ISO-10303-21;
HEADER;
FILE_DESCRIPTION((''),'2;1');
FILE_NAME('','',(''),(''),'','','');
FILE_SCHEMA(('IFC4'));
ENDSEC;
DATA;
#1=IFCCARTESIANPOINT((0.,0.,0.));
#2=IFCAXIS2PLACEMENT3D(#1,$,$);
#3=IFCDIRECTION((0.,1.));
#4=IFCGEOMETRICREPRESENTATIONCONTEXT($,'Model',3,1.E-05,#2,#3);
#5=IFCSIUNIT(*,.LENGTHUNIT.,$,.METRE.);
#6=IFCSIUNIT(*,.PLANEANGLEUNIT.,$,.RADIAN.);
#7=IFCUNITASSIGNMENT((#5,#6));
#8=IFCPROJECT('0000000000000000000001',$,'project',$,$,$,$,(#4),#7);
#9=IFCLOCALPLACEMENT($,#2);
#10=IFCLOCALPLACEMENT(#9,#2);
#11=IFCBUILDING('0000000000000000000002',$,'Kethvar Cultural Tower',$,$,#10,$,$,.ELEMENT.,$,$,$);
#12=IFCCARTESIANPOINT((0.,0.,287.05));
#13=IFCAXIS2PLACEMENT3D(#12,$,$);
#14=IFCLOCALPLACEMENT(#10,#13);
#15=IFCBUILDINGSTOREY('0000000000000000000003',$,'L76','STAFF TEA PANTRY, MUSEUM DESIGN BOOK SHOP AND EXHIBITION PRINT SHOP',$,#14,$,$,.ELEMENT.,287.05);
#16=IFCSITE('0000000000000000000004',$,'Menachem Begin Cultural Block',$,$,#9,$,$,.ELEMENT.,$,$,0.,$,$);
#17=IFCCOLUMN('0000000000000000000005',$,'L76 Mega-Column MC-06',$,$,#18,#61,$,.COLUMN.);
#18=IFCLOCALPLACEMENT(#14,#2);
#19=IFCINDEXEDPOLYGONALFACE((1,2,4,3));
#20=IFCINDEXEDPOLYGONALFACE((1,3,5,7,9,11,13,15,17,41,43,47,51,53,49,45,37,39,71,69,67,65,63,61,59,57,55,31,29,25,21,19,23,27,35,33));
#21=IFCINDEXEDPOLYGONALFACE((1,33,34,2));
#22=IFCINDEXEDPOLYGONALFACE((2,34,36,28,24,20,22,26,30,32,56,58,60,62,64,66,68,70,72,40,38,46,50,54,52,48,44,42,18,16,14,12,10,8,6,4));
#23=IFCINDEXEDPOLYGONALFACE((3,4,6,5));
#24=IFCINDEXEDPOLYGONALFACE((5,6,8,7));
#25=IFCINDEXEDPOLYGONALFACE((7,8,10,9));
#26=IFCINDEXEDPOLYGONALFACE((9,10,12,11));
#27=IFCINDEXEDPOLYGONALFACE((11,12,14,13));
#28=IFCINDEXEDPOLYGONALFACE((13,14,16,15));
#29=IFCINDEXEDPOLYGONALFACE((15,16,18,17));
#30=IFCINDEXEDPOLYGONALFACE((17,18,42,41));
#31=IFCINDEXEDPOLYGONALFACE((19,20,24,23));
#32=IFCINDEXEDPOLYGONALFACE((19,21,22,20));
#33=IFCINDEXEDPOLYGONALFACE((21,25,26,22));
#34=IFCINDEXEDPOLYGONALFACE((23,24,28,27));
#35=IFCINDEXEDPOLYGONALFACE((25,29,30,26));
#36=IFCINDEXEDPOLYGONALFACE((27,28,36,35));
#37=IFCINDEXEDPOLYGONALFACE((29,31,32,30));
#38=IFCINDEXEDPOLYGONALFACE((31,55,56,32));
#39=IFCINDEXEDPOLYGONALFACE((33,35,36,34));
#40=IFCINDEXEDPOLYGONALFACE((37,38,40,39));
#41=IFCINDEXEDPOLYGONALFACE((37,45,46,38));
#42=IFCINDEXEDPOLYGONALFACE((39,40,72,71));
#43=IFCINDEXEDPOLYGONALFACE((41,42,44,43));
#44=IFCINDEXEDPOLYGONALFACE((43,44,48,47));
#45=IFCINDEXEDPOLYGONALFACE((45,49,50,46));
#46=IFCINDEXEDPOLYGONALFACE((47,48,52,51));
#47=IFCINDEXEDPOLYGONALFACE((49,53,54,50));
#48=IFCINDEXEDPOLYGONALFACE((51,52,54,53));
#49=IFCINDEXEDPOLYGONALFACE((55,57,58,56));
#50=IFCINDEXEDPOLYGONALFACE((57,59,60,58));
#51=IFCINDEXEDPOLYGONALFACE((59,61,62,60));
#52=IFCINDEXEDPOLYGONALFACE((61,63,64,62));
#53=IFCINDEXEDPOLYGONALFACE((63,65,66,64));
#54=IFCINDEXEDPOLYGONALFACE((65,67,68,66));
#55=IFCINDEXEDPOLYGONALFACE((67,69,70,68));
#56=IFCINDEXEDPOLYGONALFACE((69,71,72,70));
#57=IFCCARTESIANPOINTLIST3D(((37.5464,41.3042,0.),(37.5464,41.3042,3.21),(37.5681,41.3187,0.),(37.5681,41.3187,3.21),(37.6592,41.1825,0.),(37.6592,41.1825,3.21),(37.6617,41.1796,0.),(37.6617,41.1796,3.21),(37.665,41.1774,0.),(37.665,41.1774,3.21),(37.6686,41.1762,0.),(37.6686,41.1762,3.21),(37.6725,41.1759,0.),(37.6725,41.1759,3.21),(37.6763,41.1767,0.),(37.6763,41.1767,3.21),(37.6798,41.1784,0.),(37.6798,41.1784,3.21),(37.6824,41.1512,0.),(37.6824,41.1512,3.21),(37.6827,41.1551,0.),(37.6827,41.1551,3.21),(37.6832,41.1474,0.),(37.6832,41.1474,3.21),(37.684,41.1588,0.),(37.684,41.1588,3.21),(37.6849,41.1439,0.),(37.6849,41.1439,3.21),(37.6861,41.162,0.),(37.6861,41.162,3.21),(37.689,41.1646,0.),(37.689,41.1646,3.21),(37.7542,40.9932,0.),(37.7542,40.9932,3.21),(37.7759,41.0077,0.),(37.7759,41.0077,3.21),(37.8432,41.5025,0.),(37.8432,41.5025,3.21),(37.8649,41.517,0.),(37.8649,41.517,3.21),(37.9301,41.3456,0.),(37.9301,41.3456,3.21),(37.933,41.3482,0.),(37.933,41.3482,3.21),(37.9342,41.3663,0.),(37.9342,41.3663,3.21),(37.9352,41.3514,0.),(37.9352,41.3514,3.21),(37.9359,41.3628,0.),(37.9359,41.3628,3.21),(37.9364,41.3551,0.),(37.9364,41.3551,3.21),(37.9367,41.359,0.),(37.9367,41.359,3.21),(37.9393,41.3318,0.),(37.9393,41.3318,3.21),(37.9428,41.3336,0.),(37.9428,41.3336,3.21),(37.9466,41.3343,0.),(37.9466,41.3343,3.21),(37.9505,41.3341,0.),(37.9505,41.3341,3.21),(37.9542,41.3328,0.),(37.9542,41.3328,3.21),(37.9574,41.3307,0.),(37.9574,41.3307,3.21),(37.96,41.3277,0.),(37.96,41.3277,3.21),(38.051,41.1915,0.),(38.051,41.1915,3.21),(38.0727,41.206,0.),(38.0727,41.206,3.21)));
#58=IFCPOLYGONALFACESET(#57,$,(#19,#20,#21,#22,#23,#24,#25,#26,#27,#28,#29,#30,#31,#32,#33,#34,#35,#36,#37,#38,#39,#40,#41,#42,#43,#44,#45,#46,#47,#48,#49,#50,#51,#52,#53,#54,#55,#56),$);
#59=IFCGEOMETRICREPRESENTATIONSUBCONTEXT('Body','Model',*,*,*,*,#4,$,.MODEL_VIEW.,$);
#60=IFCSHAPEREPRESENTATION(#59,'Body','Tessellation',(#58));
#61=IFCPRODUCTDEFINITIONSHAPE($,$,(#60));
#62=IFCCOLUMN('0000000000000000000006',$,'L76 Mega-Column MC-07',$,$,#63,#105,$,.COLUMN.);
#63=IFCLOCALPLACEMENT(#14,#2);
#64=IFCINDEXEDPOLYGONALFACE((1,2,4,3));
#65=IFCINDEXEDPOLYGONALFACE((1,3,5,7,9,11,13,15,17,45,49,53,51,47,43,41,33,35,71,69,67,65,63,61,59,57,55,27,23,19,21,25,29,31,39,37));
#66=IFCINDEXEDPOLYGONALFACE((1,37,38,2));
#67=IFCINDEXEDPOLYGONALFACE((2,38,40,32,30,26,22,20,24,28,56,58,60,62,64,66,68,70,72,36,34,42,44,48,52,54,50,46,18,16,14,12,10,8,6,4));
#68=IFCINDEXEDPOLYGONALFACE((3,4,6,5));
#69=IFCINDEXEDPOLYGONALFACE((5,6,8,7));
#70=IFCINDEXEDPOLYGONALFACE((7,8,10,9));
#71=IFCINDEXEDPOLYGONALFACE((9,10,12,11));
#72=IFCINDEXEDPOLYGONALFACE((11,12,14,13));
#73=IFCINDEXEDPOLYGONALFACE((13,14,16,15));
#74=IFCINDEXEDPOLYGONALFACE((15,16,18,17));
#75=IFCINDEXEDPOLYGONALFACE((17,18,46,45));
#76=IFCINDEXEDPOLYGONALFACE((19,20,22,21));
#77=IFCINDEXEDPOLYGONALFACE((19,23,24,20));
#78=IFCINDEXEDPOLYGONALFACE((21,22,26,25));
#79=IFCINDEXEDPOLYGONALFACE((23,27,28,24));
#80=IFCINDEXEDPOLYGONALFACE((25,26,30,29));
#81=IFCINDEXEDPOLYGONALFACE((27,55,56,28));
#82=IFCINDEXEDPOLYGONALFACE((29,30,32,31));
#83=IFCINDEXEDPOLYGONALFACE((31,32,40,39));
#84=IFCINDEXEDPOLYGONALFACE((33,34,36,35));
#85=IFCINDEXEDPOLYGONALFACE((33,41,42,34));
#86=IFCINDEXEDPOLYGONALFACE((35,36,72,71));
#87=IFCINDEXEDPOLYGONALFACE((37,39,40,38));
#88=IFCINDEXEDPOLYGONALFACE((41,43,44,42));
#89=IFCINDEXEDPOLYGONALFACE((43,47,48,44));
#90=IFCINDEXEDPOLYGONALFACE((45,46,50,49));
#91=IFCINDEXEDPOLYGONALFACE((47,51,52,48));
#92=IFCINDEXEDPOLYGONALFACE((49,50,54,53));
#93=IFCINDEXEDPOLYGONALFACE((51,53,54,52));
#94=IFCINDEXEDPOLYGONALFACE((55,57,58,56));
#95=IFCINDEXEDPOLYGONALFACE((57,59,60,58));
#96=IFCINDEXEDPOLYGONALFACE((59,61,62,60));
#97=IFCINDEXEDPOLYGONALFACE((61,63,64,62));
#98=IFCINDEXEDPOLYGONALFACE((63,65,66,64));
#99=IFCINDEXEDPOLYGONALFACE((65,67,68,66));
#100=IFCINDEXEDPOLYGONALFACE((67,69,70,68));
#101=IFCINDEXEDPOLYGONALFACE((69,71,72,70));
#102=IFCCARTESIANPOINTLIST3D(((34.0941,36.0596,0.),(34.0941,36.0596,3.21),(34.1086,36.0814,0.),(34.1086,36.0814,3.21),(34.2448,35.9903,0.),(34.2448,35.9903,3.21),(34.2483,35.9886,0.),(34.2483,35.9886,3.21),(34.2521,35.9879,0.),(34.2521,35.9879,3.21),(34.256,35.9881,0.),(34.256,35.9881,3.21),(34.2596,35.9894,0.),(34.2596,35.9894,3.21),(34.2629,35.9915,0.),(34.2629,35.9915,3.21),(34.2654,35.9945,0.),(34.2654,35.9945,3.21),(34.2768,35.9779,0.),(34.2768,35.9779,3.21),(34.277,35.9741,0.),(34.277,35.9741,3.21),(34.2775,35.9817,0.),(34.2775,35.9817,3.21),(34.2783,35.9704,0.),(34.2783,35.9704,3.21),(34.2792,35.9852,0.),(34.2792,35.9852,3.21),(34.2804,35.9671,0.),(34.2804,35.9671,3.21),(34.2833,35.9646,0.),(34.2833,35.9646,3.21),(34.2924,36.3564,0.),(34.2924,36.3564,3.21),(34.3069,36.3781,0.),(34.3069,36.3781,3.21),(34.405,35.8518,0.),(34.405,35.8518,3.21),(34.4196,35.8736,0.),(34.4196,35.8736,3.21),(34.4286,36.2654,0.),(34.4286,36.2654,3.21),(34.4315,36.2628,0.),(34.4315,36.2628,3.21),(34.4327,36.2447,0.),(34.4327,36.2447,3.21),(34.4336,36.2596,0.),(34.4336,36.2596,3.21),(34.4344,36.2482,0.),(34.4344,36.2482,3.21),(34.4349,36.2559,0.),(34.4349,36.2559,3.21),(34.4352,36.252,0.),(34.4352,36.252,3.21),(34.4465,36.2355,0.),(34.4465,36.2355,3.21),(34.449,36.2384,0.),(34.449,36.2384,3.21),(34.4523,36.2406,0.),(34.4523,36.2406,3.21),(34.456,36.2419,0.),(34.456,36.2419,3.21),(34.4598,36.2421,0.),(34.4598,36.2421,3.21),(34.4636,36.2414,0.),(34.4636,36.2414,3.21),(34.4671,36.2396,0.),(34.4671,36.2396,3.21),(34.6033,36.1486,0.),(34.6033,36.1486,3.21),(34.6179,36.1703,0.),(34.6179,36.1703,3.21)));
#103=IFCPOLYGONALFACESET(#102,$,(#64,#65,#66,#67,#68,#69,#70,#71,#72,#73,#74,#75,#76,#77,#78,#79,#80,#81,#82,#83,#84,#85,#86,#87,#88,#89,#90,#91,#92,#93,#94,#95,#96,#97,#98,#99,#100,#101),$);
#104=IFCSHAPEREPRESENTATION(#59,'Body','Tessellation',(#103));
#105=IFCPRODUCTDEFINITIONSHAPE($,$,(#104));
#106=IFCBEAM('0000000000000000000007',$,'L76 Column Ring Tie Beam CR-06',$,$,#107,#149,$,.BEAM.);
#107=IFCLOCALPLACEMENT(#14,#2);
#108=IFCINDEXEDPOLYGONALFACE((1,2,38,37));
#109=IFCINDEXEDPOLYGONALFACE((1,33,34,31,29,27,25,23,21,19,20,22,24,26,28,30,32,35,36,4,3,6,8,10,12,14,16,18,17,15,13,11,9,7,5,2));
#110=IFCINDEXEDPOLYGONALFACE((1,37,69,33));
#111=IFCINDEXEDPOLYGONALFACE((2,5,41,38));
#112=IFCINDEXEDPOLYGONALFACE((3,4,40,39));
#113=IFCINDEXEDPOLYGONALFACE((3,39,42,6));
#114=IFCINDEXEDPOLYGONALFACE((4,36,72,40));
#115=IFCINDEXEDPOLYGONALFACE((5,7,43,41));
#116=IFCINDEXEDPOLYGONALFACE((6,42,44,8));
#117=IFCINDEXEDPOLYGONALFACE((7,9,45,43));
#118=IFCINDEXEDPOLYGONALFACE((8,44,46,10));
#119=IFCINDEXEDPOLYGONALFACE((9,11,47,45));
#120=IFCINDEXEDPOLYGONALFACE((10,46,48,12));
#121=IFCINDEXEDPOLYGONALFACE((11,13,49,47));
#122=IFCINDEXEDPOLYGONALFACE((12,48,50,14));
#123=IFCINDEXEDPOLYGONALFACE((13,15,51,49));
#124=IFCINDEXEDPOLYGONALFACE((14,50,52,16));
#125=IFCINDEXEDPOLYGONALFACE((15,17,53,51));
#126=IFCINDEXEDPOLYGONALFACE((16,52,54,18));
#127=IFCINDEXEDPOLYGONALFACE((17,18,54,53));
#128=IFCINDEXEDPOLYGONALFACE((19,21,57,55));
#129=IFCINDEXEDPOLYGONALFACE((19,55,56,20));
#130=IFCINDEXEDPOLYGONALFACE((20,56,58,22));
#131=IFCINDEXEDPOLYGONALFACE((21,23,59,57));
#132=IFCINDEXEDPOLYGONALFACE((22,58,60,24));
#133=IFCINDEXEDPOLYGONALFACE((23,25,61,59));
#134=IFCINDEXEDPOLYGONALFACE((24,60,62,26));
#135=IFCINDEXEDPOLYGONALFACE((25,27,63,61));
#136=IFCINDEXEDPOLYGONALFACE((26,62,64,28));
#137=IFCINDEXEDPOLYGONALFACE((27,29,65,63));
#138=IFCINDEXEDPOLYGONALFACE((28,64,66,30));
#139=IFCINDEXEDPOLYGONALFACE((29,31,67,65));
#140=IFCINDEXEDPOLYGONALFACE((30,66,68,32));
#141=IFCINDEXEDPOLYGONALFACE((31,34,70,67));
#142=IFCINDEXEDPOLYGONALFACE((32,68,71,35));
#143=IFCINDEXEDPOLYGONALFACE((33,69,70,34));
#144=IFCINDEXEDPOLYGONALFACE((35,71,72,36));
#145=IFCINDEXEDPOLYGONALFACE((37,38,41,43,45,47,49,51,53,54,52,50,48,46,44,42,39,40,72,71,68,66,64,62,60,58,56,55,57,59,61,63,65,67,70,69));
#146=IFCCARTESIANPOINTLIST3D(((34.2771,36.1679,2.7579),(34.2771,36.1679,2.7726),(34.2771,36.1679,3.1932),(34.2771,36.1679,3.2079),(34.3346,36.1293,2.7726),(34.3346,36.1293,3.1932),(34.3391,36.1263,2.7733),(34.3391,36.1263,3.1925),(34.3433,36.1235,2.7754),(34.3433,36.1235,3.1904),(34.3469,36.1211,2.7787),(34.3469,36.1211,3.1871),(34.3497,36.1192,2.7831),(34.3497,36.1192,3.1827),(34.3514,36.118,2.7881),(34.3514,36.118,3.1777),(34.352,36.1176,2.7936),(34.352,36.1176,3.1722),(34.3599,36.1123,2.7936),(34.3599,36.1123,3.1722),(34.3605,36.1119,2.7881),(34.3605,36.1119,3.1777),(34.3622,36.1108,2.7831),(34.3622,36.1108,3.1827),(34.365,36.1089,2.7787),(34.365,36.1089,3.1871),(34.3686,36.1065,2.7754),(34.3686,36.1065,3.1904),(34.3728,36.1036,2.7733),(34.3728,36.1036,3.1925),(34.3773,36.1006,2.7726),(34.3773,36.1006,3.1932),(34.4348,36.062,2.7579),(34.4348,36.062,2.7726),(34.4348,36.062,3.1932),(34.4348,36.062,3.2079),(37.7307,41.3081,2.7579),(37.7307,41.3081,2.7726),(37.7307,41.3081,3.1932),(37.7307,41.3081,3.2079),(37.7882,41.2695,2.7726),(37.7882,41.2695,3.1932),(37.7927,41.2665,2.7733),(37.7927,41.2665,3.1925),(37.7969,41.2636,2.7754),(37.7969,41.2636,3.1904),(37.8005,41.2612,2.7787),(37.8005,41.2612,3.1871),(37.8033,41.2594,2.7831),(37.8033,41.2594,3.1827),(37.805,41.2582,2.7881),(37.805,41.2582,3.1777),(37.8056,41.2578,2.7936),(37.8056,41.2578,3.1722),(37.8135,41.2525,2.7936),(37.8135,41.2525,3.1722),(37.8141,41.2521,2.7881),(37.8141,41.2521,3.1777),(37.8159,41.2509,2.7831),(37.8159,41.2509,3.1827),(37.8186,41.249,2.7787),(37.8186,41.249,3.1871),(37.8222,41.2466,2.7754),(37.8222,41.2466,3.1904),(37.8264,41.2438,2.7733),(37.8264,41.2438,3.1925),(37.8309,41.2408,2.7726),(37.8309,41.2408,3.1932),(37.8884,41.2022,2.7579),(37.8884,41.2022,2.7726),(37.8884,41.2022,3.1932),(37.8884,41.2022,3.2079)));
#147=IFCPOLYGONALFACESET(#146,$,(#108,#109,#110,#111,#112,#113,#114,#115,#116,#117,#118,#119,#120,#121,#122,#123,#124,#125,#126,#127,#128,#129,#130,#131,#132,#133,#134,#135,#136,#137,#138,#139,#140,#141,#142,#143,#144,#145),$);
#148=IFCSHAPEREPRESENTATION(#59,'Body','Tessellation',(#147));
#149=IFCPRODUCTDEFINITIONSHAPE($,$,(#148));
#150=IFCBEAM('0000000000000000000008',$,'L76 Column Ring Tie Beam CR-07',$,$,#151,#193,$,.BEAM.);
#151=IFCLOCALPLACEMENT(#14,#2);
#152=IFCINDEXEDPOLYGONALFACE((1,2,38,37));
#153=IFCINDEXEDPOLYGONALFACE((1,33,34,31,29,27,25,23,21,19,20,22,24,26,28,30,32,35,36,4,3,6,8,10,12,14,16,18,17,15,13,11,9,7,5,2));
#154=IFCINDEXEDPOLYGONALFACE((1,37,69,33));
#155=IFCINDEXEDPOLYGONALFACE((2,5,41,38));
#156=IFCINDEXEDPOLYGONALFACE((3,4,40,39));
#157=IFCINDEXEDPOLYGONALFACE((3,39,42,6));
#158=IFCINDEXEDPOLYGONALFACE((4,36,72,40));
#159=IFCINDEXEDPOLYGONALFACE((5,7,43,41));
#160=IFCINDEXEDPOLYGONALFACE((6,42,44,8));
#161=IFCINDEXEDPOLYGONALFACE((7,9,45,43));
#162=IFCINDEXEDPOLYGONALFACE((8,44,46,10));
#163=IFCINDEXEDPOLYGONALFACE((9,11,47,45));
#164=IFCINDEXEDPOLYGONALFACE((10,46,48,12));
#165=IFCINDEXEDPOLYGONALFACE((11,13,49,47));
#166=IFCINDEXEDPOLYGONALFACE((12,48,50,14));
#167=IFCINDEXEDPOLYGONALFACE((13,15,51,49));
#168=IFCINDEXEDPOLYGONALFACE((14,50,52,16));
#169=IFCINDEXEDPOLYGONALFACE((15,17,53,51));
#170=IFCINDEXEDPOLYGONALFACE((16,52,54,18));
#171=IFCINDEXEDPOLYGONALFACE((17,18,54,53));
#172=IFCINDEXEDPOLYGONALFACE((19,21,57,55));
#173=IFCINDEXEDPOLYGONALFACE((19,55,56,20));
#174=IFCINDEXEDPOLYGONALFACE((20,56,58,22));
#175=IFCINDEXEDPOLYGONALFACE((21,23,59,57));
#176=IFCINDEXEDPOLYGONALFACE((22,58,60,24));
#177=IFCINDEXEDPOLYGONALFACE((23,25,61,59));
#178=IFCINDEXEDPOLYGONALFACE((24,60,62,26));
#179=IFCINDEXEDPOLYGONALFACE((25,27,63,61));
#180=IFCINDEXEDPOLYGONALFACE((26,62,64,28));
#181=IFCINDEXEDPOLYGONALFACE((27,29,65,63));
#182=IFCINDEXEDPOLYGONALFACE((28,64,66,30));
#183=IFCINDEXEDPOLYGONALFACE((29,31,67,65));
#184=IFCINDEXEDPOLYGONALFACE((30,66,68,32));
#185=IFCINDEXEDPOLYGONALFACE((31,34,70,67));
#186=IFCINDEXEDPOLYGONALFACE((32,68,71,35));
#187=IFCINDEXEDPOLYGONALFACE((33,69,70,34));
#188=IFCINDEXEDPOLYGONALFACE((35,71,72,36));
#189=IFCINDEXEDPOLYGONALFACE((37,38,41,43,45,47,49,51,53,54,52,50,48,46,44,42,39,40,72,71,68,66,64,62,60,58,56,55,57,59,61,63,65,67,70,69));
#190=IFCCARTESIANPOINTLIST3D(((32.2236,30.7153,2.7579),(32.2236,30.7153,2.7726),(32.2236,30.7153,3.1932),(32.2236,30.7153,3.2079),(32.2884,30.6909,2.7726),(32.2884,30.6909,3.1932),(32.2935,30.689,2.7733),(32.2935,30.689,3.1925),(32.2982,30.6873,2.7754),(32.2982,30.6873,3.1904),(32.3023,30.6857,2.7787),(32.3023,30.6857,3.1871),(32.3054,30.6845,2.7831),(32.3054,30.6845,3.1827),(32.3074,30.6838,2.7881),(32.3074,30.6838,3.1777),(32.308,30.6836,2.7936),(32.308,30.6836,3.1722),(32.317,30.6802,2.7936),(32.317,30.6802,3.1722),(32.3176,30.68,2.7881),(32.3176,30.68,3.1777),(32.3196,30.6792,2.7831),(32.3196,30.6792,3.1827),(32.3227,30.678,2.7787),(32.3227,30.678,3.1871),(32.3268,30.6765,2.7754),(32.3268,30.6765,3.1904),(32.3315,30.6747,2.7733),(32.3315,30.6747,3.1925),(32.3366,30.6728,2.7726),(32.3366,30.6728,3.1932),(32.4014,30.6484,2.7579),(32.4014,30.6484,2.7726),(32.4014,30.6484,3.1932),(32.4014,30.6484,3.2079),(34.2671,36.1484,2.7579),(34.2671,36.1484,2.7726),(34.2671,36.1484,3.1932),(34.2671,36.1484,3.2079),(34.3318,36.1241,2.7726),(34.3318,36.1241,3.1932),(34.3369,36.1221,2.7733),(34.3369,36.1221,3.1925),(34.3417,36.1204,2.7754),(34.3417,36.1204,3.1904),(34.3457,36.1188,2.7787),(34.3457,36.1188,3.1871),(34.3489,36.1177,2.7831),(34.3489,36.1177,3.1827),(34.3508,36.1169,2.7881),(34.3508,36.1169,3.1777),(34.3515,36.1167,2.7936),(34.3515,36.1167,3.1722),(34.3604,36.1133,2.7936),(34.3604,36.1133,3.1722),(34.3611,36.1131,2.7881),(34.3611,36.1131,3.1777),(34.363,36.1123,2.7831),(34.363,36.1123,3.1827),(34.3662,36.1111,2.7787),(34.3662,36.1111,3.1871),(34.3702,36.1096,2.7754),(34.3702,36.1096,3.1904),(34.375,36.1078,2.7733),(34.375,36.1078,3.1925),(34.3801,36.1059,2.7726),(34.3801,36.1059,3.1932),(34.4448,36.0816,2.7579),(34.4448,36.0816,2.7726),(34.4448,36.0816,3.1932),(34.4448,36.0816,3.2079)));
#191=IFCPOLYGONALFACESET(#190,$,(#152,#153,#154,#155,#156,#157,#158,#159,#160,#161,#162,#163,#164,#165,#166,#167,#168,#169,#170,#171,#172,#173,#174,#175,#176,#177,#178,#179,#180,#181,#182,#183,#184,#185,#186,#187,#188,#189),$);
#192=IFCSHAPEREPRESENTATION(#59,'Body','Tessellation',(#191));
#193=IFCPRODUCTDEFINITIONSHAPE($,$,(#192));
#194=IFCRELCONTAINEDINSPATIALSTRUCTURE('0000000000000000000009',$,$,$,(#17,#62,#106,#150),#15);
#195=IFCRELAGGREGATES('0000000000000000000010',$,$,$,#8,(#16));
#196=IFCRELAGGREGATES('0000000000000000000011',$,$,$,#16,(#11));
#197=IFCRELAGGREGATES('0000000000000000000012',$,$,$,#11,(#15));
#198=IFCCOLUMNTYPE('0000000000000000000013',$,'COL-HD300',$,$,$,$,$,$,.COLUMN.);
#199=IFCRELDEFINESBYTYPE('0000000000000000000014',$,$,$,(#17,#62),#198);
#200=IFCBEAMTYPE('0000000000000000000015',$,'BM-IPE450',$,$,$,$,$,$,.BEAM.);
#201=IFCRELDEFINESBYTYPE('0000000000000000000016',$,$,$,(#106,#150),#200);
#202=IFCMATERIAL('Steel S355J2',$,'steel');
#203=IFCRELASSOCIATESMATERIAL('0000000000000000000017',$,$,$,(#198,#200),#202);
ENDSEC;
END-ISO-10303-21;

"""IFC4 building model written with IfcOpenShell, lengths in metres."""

from ifc_helpers import new_model, si_unit, direction, frame, origin, origin_2d, place, context, subcontext, project, spatial, i_section, extrude, source, transform, mapped, material, material_profile, profile_set, type_object, element, save


model = new_model("IFC4")

# Units and contexts
model_context = context("Model", 3, precision=1e-05, world=origin(), true_north=direction((0.0, 1.0)))
body_context = subcontext(model_context, "Body", "Model", "MODEL_VIEW")
ifc_project = project(units=[si_unit("LENGTHUNIT", "METRE"), si_unit("PLANEANGLEUNIT", "RADIAN")], contexts=[model_context])

# Site, building, storey
site_placement = place(None, origin())
site = spatial("IfcSite", under=ifc_project, at=site_placement, Name="Menachem Begin Cultural Block", CompositionType="ELEMENT", RefElevation=0.0)
building_placement = place(site_placement, origin())
building = spatial("IfcBuilding", under=site, at=building_placement, Name="Kethvar Cultural Tower", CompositionType="ELEMENT")
storey_placement = place(building_placement, frame((0.0, 0.0, 287.05)))
storey = spatial("IfcBuildingStorey", under=building, at=storey_placement, Name="L76", Description="STAFF TEA PANTRY, MUSEUM DESIGN BOOK SHOP AND EXHIBITION PRINT SHOP", CompositionType="ELEMENT", Elevation=287.05)

# Columns
ifc_material_1 = material(Name="Steel S355J2", Category="steel")
ifc_material_profile_1 = material_profile(ifc_material_1, i_section(OverallWidth=0.374, OverallDepth=0.3831, WebThickness=0.0166, FlangeThickness=0.0261, FilletRadius=0.0149, at=origin_2d()), Name="Steel S355J2 — HD360x300")
ifc_profile_set_1 = profile_set([ifc_material_profile_1], Name="Steel S355J2 — HD360x300")
column_type = type_object("IfcColumnType", Name="COL-HD300", PredefinedType="COLUMN", material=ifc_profile_set_1)
shared_shape_1 = source(origin(), body_context, "Body", "SweptSolid", [
    extrude(i_section(OverallWidth=0.374, OverallDepth=0.3831, WebThickness=0.0166, FlangeThickness=0.0261, FilletRadius=0.0149, at=origin_2d()), origin(), (0.0, 0.0, 1.0), 3.21),
])
for number, where, z_axis, x_axis, name in (
    (1, (37.8096, 41.2551, 0.0), (0.0, 0.0, 1.0), (-0.55557, 0.83147, 0.0), "L76 Mega-Column MC-06"),
    (2, (34.356, 36.115, 0.0), (0.0, 0.0, 1.0), (-0.83147, 0.55557, 0.0), "L76 Mega-Column MC-07"),
):
    element("IfcColumn", number, at=place(storey_placement, frame(where, z_axis=z_axis, x_axis=x_axis)), inside=storey, type_object=column_type, Name=name, PredefinedType="COLUMN", context=body_context, shape_type="MappedRepresentation", body=[
        mapped(shared_shape_1, transform((0.0, 0.0, 0.0), scale=1.0)),
    ])

# Beams
ifc_material_profile_2 = material_profile(ifc_material_1, i_section(OverallWidth=0.1899, OverallDepth=0.45, WebThickness=0.0095, FlangeThickness=0.0146, FilletRadius=0.021, at=origin_2d()), Name="Steel S355J2 — IPE450")
ifc_profile_set_2 = profile_set([ifc_material_profile_2], Name="Steel S355J2 — IPE450")
beam_type_1 = type_object("IfcBeamType", Name="BM-IPE450", PredefinedType="BEAM", material=ifc_profile_set_2)
shared_shape_2 = source(origin(), body_context, "Body", "SweptSolid", [
    extrude(i_section(OverallWidth=0.1899, OverallDepth=0.45, WebThickness=0.0095, FlangeThickness=0.0146, FilletRadius=0.021, at=origin_2d()), origin(), (0.0, 0.0, 1.0), 6.1926),
])
beam_1_placement = place(storey_placement, frame((37.8096, 41.2551, 2.9829), z_axis=(-0.557699, -0.830043, 0.0), x_axis=(0.830043, -0.557699, 0.0)))
element("IfcBeam", 3, at=beam_1_placement, inside=storey, type_object=beam_type_1, Name="L76 Column Ring Tie Beam CR-06", PredefinedType="BEAM", context=body_context, shape_type="MappedRepresentation", body=[
    mapped(shared_shape_2, transform((0.0, 0.0, 0.0), scale=1.0)),
])
shared_shape_3 = source(origin(), body_context, "Body", "SweptSolid", [
    extrude(i_section(OverallWidth=0.1899, OverallDepth=0.45, WebThickness=0.0095, FlangeThickness=0.0146, FilletRadius=0.021, at=origin_2d()), origin(), (0.0, 0.0, 1.0), 5.8047),
])
beam_2_placement = place(storey_placement, frame((34.356, 36.115, 2.9829), z_axis=(-0.352036, -0.935986, 0.0), x_axis=(0.935986, -0.352036, 0.0)))
element("IfcBeam", 4, at=beam_2_placement, inside=storey, type_object=beam_type_1, Name="L76 Column Ring Tie Beam CR-07", PredefinedType="BEAM", context=body_context, shape_type="MappedRepresentation", body=[
    mapped(shared_shape_3, transform((0.0, 0.0, 0.0), scale=1.0)),
])

save(model, "model.ifc")
